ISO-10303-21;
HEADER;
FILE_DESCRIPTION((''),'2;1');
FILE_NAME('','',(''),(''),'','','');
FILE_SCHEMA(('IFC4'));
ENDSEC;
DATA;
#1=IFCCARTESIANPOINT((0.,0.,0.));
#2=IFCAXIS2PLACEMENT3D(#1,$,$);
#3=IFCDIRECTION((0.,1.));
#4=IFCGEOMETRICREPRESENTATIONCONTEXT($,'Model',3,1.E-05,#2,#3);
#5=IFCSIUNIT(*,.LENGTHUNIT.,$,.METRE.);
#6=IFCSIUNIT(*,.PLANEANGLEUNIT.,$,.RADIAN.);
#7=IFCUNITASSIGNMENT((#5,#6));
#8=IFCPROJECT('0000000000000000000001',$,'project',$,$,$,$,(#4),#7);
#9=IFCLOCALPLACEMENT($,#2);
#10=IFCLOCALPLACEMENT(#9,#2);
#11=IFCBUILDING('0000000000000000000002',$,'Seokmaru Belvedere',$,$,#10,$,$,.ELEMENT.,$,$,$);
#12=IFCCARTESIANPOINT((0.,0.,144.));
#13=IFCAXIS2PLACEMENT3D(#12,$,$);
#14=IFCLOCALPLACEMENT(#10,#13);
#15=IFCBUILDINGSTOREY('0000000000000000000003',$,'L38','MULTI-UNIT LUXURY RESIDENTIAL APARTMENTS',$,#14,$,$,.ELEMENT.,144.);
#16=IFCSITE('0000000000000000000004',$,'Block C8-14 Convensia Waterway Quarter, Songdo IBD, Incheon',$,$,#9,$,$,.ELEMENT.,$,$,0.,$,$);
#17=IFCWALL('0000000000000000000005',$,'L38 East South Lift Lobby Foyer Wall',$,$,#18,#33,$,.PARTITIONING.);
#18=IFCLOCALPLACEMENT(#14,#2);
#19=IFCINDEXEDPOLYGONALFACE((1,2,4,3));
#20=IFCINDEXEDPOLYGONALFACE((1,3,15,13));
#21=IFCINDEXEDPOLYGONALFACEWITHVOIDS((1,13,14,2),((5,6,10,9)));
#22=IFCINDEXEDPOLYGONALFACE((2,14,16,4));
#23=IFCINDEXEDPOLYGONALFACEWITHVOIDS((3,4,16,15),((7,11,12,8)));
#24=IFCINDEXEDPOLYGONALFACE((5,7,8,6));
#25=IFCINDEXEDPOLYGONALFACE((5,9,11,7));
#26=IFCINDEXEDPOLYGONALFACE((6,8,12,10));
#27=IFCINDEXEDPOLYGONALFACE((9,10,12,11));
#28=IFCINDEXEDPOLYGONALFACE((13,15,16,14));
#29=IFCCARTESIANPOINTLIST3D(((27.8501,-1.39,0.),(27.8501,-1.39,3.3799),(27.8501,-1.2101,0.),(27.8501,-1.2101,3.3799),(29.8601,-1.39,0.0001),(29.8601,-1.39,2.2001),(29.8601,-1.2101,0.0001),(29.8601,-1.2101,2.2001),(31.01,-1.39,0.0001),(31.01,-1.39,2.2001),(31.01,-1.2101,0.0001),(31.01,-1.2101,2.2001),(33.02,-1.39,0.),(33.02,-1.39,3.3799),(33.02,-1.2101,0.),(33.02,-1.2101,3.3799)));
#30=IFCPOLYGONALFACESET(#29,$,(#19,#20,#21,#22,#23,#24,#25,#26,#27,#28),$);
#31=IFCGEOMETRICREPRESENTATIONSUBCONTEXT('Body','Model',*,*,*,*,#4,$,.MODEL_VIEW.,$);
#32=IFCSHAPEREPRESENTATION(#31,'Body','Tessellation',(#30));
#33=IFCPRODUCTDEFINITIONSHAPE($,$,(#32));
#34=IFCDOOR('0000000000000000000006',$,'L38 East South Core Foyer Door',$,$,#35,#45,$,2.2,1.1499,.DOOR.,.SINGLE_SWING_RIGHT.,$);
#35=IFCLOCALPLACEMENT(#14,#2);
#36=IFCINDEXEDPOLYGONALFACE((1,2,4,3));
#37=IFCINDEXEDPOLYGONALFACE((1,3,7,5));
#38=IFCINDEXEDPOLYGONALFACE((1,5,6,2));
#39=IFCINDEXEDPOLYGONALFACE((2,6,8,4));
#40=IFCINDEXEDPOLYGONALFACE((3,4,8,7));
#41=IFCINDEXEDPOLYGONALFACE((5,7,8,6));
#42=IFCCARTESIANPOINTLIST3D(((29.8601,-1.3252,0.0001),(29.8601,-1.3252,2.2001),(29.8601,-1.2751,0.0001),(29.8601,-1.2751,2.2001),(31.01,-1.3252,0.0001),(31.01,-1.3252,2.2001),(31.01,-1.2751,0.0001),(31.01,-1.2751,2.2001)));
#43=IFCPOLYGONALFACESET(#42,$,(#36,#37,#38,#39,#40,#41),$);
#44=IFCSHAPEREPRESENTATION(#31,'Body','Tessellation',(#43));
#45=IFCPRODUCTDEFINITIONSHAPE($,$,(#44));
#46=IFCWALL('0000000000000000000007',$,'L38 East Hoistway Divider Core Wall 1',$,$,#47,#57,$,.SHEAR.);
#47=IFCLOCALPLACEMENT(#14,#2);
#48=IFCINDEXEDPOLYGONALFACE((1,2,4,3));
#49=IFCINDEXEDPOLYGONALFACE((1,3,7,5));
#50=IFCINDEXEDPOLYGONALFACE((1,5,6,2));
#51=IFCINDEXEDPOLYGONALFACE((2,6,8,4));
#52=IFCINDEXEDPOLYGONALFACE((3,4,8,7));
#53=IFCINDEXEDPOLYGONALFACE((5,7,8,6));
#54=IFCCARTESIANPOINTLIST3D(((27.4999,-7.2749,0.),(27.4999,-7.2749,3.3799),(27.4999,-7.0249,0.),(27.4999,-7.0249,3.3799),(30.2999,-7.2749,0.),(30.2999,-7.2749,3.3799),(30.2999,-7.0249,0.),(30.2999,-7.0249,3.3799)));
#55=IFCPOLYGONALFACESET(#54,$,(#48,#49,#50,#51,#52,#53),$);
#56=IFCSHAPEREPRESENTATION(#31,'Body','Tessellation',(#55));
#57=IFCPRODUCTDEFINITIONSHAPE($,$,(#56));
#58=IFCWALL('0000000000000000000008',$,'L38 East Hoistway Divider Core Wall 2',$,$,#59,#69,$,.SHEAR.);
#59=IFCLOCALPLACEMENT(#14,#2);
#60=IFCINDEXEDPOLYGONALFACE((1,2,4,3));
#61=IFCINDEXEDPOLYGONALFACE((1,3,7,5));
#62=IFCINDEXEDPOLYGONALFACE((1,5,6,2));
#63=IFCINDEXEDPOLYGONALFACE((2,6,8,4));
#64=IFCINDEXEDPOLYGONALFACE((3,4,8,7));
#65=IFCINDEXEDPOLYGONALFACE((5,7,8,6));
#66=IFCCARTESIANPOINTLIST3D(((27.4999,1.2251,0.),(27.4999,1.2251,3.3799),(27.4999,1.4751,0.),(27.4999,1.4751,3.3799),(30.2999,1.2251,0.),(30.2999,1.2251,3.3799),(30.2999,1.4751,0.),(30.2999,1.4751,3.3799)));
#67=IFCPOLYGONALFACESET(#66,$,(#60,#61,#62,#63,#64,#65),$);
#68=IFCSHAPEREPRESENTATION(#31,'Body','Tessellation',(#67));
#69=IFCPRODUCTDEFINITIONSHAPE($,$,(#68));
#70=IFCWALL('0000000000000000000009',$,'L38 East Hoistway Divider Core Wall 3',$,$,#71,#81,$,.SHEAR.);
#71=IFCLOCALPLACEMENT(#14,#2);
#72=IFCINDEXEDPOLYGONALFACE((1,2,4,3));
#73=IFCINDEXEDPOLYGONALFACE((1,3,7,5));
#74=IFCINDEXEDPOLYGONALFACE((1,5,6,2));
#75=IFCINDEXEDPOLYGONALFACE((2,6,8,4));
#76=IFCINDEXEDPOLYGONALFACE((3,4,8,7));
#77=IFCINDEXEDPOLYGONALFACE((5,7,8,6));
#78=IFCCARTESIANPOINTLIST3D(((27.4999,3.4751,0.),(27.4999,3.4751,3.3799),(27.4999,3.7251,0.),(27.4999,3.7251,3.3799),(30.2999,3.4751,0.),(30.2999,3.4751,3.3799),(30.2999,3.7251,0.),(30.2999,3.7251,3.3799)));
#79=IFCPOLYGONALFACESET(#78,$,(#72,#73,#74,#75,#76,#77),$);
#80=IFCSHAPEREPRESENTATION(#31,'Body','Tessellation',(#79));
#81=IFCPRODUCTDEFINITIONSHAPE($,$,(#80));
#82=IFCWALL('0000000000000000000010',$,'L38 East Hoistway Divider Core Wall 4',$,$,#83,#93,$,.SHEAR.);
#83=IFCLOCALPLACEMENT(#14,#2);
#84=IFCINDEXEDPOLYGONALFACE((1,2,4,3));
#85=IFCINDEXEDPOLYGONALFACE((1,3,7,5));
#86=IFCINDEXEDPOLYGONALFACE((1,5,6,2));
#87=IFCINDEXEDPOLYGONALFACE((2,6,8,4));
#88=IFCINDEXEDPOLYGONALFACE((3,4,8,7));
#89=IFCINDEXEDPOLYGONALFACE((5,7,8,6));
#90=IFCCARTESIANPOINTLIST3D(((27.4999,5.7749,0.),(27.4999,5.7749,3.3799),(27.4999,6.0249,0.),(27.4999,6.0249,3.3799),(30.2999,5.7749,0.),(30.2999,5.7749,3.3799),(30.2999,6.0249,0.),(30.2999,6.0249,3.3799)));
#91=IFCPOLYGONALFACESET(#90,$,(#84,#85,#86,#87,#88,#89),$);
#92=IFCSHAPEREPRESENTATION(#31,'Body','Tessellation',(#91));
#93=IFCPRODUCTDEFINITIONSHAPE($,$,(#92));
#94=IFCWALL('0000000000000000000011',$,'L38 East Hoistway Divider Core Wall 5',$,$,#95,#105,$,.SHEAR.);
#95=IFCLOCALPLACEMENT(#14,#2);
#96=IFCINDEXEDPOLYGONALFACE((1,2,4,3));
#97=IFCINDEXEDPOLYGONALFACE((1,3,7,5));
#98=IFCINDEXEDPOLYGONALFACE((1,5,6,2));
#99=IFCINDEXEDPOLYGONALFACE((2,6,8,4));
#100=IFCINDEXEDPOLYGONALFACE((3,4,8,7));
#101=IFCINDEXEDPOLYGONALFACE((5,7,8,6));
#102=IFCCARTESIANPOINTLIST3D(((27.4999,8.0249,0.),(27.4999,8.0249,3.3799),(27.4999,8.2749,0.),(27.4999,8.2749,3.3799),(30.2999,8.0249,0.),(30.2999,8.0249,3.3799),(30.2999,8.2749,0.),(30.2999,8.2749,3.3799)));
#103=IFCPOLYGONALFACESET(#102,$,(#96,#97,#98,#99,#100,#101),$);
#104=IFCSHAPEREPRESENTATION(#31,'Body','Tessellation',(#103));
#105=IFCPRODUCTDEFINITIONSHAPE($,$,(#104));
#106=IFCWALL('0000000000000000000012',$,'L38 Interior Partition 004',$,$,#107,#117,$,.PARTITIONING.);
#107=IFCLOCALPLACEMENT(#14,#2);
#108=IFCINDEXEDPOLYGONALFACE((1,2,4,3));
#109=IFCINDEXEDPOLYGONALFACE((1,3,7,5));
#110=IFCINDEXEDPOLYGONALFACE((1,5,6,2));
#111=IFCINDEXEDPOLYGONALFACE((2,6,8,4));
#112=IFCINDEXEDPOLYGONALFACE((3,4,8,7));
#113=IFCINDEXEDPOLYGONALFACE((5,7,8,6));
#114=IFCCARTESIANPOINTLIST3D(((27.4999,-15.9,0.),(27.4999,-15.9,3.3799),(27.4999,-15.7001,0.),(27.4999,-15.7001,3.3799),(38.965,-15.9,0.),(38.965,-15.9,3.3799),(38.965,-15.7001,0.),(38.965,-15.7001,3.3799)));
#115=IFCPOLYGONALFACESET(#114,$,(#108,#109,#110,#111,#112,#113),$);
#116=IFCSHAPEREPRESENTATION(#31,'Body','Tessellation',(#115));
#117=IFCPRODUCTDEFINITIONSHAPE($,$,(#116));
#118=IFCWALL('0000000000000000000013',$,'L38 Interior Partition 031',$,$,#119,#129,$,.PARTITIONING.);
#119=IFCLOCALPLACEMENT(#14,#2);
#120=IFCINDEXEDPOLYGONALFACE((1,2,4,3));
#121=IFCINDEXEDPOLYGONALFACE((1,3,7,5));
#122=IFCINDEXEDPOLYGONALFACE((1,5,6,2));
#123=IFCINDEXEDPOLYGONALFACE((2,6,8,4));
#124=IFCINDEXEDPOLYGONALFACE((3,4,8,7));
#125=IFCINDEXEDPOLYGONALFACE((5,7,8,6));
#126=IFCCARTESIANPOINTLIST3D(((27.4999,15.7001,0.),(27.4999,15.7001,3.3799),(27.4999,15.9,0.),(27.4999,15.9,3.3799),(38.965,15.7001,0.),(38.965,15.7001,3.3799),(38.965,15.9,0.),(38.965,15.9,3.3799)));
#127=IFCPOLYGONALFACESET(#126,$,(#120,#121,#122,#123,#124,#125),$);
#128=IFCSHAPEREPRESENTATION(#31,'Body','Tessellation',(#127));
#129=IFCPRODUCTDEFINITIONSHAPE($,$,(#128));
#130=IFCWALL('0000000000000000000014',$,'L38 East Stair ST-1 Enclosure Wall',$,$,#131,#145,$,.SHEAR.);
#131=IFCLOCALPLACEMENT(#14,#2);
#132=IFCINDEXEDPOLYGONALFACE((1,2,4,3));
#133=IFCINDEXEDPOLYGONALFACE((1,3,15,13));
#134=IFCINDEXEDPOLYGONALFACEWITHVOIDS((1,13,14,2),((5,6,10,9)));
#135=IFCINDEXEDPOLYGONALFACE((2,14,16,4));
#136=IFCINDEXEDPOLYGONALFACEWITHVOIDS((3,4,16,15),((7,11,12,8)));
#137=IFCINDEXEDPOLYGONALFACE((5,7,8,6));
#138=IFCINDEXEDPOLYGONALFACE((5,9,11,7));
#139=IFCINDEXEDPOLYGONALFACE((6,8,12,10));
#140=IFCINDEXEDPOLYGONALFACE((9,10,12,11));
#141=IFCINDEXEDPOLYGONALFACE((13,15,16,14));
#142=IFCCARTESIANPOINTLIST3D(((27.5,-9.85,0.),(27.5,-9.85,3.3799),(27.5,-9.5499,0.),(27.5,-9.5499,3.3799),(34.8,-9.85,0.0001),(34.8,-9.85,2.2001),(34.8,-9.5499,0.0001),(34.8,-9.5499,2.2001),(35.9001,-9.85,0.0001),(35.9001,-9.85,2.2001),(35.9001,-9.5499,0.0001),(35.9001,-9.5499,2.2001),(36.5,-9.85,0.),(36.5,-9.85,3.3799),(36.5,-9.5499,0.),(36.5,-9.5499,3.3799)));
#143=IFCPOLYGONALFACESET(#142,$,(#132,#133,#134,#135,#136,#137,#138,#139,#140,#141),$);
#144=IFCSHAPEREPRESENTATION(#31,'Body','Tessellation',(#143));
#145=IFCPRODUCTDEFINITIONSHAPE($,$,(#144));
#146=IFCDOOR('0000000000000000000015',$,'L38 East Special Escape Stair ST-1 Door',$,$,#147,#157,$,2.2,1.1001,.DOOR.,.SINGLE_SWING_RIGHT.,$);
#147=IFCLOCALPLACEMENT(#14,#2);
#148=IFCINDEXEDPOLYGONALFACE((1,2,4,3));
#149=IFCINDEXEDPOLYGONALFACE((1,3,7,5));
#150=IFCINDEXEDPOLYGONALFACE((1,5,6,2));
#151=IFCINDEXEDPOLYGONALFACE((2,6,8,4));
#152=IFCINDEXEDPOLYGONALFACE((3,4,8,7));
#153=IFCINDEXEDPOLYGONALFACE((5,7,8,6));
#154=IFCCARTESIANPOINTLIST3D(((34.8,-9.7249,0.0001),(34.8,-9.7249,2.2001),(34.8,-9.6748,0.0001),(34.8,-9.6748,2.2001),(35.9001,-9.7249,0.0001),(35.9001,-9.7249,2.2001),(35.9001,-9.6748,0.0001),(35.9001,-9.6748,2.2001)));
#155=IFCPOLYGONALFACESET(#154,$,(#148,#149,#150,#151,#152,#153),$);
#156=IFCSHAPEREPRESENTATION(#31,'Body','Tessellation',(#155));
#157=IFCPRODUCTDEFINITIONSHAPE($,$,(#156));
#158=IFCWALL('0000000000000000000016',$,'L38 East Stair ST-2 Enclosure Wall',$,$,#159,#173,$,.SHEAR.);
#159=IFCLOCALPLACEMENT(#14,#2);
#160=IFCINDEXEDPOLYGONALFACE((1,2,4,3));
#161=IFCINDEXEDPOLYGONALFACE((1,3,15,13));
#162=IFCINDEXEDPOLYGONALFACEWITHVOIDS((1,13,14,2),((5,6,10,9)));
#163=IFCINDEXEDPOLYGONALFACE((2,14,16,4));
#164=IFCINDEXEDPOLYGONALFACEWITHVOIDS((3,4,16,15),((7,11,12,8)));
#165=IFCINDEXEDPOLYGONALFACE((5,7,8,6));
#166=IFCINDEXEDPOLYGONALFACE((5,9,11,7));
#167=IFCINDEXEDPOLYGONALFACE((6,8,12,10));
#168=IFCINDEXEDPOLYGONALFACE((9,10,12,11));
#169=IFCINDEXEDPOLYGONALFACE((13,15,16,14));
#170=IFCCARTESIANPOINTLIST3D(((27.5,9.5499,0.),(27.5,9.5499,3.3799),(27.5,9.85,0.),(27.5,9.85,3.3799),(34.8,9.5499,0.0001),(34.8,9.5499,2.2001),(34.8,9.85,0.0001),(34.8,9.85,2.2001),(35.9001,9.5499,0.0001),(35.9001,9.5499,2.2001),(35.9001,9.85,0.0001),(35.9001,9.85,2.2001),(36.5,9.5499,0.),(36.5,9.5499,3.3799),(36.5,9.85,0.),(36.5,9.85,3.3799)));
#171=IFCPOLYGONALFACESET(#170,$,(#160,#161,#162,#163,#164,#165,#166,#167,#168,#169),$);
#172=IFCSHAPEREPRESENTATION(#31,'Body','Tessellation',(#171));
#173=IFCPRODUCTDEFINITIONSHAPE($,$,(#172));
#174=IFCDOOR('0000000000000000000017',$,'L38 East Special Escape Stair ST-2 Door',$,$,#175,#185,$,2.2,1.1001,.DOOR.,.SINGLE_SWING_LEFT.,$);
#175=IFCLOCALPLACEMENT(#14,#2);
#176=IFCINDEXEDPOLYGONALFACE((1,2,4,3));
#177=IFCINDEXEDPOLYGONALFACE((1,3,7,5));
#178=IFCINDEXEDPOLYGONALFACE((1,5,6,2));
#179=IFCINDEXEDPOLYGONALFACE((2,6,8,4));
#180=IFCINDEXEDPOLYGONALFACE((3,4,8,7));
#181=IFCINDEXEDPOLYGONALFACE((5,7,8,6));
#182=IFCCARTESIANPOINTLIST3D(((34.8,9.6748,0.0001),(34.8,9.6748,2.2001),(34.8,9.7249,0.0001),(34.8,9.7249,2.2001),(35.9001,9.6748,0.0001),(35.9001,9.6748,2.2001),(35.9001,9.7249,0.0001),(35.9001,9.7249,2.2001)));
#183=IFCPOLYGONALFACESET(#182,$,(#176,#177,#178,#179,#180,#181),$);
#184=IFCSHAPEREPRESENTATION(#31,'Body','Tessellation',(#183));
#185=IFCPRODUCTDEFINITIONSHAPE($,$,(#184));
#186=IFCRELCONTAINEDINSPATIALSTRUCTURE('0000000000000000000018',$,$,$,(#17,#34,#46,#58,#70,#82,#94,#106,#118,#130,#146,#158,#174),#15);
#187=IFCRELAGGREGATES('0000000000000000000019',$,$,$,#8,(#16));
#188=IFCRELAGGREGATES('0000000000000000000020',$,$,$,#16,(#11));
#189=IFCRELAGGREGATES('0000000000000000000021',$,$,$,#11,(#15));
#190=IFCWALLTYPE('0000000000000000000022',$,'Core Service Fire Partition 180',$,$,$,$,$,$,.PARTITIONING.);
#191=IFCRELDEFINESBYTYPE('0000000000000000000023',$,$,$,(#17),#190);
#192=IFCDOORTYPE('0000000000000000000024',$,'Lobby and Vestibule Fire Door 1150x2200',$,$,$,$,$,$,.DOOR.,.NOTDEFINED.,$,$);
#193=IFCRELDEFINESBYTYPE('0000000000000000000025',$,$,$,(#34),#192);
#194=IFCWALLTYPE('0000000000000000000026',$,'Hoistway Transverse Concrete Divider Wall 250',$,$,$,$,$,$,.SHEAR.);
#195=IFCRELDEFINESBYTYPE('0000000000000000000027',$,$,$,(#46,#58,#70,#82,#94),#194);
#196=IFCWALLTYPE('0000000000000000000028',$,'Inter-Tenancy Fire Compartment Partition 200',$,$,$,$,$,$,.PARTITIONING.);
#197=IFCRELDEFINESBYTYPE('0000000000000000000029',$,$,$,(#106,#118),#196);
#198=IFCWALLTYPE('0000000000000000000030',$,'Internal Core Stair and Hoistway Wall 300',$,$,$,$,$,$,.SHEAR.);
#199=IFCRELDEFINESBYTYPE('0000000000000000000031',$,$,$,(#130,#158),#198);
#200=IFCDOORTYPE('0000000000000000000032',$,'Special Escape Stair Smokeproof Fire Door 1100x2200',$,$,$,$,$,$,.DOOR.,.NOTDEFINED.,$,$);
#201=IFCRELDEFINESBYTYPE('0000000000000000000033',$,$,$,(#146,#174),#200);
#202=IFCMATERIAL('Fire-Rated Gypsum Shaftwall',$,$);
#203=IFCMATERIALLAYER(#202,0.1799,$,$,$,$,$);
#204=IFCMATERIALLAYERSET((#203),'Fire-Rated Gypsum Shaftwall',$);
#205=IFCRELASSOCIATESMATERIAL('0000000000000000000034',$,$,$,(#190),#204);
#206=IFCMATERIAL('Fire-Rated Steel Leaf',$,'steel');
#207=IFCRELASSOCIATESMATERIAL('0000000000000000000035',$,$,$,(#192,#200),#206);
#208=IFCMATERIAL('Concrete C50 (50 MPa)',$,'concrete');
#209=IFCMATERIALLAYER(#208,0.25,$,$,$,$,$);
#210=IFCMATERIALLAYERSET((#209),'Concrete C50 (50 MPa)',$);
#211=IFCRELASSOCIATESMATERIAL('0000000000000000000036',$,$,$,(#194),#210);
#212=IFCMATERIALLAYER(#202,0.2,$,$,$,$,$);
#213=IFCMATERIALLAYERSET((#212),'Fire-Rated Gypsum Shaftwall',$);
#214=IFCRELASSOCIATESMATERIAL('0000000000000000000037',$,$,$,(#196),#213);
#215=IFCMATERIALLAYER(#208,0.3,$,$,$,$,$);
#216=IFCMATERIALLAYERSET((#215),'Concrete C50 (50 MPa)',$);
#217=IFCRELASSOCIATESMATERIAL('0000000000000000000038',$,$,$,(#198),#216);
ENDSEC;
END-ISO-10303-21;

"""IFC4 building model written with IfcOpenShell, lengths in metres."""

from ifc_helpers import new_model, si_unit, direction, frame, frame_2d, origin, place, context, subcontext, project, spatial, rectangle, extrude, source, transform, mapped, material, layer, layer_set, type_object, type_shapes, element, fill, save


model = new_model("IFC4")

# Units and contexts
model_context = context("Model", 3, precision=1e-05, world=origin(), true_north=direction((0.0, 1.0)))
body_context = subcontext(model_context, "Body", "Model", "MODEL_VIEW")
ifc_project = project(units=[si_unit("LENGTHUNIT", "METRE"), si_unit("PLANEANGLEUNIT", "RADIAN")], contexts=[model_context])

# Site, building, storey
site_placement = place(None, origin())
site = spatial("IfcSite", under=ifc_project, at=site_placement, Name="Block C8-14 Convensia Waterway Quarter, Songdo IBD, Incheon", CompositionType="ELEMENT", RefElevation=0.0)
building_placement = place(site_placement, origin())
building = spatial("IfcBuilding", under=site, at=building_placement, Name="Seokmaru Belvedere", CompositionType="ELEMENT")
storey_placement = place(building_placement, frame((0.0, 0.0, 144.0)))
storey = spatial("IfcBuildingStorey", under=building, at=storey_placement, Name="L38", Description="MULTI-UNIT LUXURY RESIDENTIAL APARTMENTS", CompositionType="ELEMENT", Elevation=144.0)

# Wall, opening, door
ifc_material_1 = material(Name="Fire-Rated Gypsum Shaftwall")
ifc_layer_1 = layer(ifc_material_1, 0.1799)
ifc_layer_set_1 = layer_set([ifc_layer_1], Name="Fire-Rated Gypsum Shaftwall")
wall_type_1 = type_object("IfcWallType", Name="Core Service Fire Partition 180", PredefinedType="PARTITIONING", material=ifc_layer_set_1)
wall_1_placement = place(storey_placement, frame((27.8501, -1.3, 0.0), z_axis=(0.0, 0.0, 1.0), x_axis=(1.0, 0.0, 0.0)))
wall_1 = element("IfcWall", 1, at=wall_1_placement, inside=storey, type_object=wall_type_1, Name="L38 East South Lift Lobby Foyer Wall", PredefinedType="PARTITIONING", context=body_context, shape_type="SweptSolid", body=[
    extrude(rectangle(XDim=5.1699, YDim=0.1799, at=frame_2d((2.585, 0.0))), origin(), (0.0, 0.0, 1.0), 3.3799),
])
opening_1_placement = place(wall_1_placement, frame((2.01, 0.0, 0.0)))
opening_1 = element("IfcOpeningElement", 2, at=opening_1_placement, cuts=wall_1, PredefinedType="OPENING", context=body_context, shape_type="SweptSolid", body=[
    extrude(rectangle(XDim=1.1499, YDim=2.2, at=frame_2d((0.575, 1.1001))), frame((0.0, 0.1001, 0.0), z_axis=(0.0, -1.0, 0.0), x_axis=(1.0, 0.0, 0.0)), (0.0, 0.0, 1.0), 0.2),
])
ifc_material_2 = material(Name="Fire-Rated Steel Leaf", Category="steel")
door_type_1 = type_object("IfcDoorType", Name="Lobby and Vestibule Fire Door 1150x2200", OperationType="NOTDEFINED", PredefinedType="DOOR", material=ifc_material_2)
shared_shape_1 = source(origin(), body_context, "Body", "SweptSolid", [
    extrude(rectangle(XDim=1.1499, YDim=2.2, at=frame_2d((0.575, 1.1001))), frame((0.0, 0.0249, 0.0), z_axis=(0.0, -1.0, 0.0), x_axis=(1.0, 0.0, 0.0)), (0.0, 0.0, 1.0), 0.05),
])
type_shapes(door_type_1, [shared_shape_1])
door_1_placement = place(opening_1_placement, origin())
door_1 = element("IfcDoor", 3, at=door_1_placement, inside=storey, type_object=door_type_1, Name="L38 East South Core Foyer Door", OperationType="SINGLE_SWING_RIGHT", OverallHeight=2.2, OverallWidth=1.1499, PredefinedType="DOOR", context=body_context, shape_type="MappedRepresentation", body=[
    mapped(shared_shape_1, transform((0.0, 0.0, 0.0), scale=1.0)),
])
fill(opening_1, door_1)

# Walls
ifc_material_3 = material(Name="Concrete C50 (50 MPa)", Category="concrete")
ifc_layer_2 = layer(ifc_material_3, 0.25)
ifc_layer_set_2 = layer_set([ifc_layer_2], Name="Concrete C50 (50 MPa)")
wall_type_2 = type_object("IfcWallType", Name="Hoistway Transverse Concrete Divider Wall 250", PredefinedType="SHEAR", material=ifc_layer_set_2)
for number, where, z_axis, x_axis, name in (
    (4, (27.5, -7.1499, 0.0), (0.0, 0.0, 1.0), (1.0, 0.0, 0.0), "L38 East Hoistway Divider Core Wall 1"),
    (5, (27.5, 1.3501, 0.0), (0.0, 0.0, 1.0), (1.0, 0.0, 0.0), "L38 East Hoistway Divider Core Wall 2"),
    (6, (27.5, 3.6001, 0.0), (0.0, 0.0, 1.0), (1.0, 0.0, 0.0), "L38 East Hoistway Divider Core Wall 3"),
    (7, (27.5, 5.8999, 0.0), (0.0, 0.0, 1.0), (1.0, 0.0, 0.0), "L38 East Hoistway Divider Core Wall 4"),
    (8, (27.5, 8.1499, 0.0), (0.0, 0.0, 1.0), (1.0, 0.0, 0.0), "L38 East Hoistway Divider Core Wall 5"),
):
    element("IfcWall", number, at=place(storey_placement, frame(where, z_axis=z_axis, x_axis=x_axis)), inside=storey, type_object=wall_type_2, Name=name, PredefinedType="SHEAR", context=body_context, shape_type="SweptSolid", body=[
        extrude(rectangle(XDim=2.8, YDim=0.25, at=frame_2d((1.3999, 0.0))), origin(), (0.0, 0.0, 1.0), 3.3799),
    ])
ifc_layer_3 = layer(ifc_material_1, 0.2)
ifc_layer_set_3 = layer_set([ifc_layer_3], Name="Fire-Rated Gypsum Shaftwall")
wall_type_3 = type_object("IfcWallType", Name="Inter-Tenancy Fire Compartment Partition 200", PredefinedType="PARTITIONING", material=ifc_layer_set_3)
for number, where, z_axis, x_axis, name in (
    (9, (27.5, -15.8, 0.0), (0.0, 0.0, 1.0), (1.0, 0.0, 0.0), "L38 Interior Partition 004"),
    (10, (27.5, 15.8, 0.0), (0.0, 0.0, 1.0), (1.0, 0.0, 0.0), "L38 Interior Partition 031"),
):
    element("IfcWall", number, at=place(storey_placement, frame(where, z_axis=z_axis, x_axis=x_axis)), inside=storey, type_object=wall_type_3, Name=name, PredefinedType="PARTITIONING", context=body_context, shape_type="SweptSolid", body=[
        extrude(rectangle(XDim=11.4651, YDim=0.2, at=frame_2d((5.7324, 0.0))), origin(), (0.0, 0.0, 1.0), 3.3799),
    ])

# Walls, openings, doors
ifc_layer_4 = layer(ifc_material_3, 0.3)
ifc_layer_set_4 = layer_set([ifc_layer_4], Name="Concrete C50 (50 MPa)")
wall_type_4 = type_object("IfcWallType", Name="Internal Core Stair and Hoistway Wall 300", PredefinedType="SHEAR", material=ifc_layer_set_4)
wall_2_placement = place(storey_placement, frame((27.5, -9.7, 0.0), z_axis=(0.0, 0.0, 1.0), x_axis=(1.0, 0.0, 0.0)))
wall_2 = element("IfcWall", 11, at=wall_2_placement, inside=storey, type_object=wall_type_4, Name="L38 East Stair ST-1 Enclosure Wall", PredefinedType="SHEAR", context=body_context, shape_type="SweptSolid", body=[
    extrude(rectangle(XDim=9.0, YDim=0.3, at=frame_2d((4.5, 0.0))), origin(), (0.0, 0.0, 1.0), 3.3799),
])
opening_2_placement = place(wall_2_placement, frame((7.3, 0.0, 0.0)))
opening_2 = element("IfcOpeningElement", 12, at=opening_2_placement, cuts=wall_2, PredefinedType="OPENING", context=body_context, shape_type="SweptSolid", body=[
    extrude(rectangle(XDim=1.1001, YDim=2.2, at=frame_2d((0.55, 1.1001))), frame((0.0, 0.1602, 0.0), z_axis=(0.0, -1.0, 0.0), x_axis=(1.0, 0.0, 0.0)), (0.0, 0.0, 1.0), 0.3201),
])
door_type_2 = type_object("IfcDoorType", Name="Special Escape Stair Smokeproof Fire Door 1100x2200", OperationType="NOTDEFINED", PredefinedType="DOOR", material=ifc_material_2)
shared_shape_2 = source(origin(), body_context, "Body", "SweptSolid", [
    extrude(rectangle(XDim=1.1001, YDim=2.2, at=frame_2d((0.55, 1.1001))), frame((0.0, 0.0249, 0.0), z_axis=(0.0, -1.0, 0.0), x_axis=(1.0, 0.0, 0.0)), (0.0, 0.0, 1.0), 0.05),
])
type_shapes(door_type_2, [shared_shape_2])
door_2_placement = place(opening_2_placement, frame((1.1001, 0.0, 0.0), z_axis=(0.0, 0.0, 1.0), x_axis=(-1.0, 0.0, 0.0)))
door_2 = element("IfcDoor", 13, at=door_2_placement, inside=storey, type_object=door_type_2, Name="L38 East Special Escape Stair ST-1 Door", OperationType="SINGLE_SWING_RIGHT", OverallHeight=2.2, OverallWidth=1.1001, PredefinedType="DOOR", context=body_context, shape_type="MappedRepresentation", body=[
    mapped(shared_shape_2, transform((0.0, 0.0, 0.0), scale=1.0)),
])
fill(opening_2, door_2)
wall_3_placement = place(storey_placement, frame((27.5, 9.7, 0.0), z_axis=(0.0, 0.0, 1.0), x_axis=(1.0, 0.0, 0.0)))
wall_3 = element("IfcWall", 14, at=wall_3_placement, inside=storey, type_object=wall_type_4, Name="L38 East Stair ST-2 Enclosure Wall", PredefinedType="SHEAR", context=body_context, shape_type="SweptSolid", body=[
    extrude(rectangle(XDim=9.0, YDim=0.3, at=frame_2d((4.5, 0.0))), origin(), (0.0, 0.0, 1.0), 3.3799),
])
opening_3_placement = place(wall_3_placement, frame((7.3, 0.0, 0.0)))
opening_3 = element("IfcOpeningElement", 15, at=opening_3_placement, cuts=wall_3, PredefinedType="OPENING", context=body_context, shape_type="SweptSolid", body=[
    extrude(rectangle(XDim=1.1001, YDim=2.2, at=frame_2d((0.55, 1.1001))), frame((0.0, 0.1602, 0.0), z_axis=(0.0, -1.0, 0.0), x_axis=(1.0, 0.0, 0.0)), (0.0, 0.0, 1.0), 0.3201),
])
door_3_placement = place(opening_3_placement, origin())
door_3 = element("IfcDoor", 16, at=door_3_placement, inside=storey, type_object=door_type_2, Name="L38 East Special Escape Stair ST-2 Door", OperationType="SINGLE_SWING_LEFT", OverallHeight=2.2, OverallWidth=1.1001, PredefinedType="DOOR", context=body_context, shape_type="MappedRepresentation", body=[
    mapped(shared_shape_2, transform((0.0, 0.0, 0.0), scale=1.0)),
])
fill(opening_3, door_3)

save(model, "model.ifc")
